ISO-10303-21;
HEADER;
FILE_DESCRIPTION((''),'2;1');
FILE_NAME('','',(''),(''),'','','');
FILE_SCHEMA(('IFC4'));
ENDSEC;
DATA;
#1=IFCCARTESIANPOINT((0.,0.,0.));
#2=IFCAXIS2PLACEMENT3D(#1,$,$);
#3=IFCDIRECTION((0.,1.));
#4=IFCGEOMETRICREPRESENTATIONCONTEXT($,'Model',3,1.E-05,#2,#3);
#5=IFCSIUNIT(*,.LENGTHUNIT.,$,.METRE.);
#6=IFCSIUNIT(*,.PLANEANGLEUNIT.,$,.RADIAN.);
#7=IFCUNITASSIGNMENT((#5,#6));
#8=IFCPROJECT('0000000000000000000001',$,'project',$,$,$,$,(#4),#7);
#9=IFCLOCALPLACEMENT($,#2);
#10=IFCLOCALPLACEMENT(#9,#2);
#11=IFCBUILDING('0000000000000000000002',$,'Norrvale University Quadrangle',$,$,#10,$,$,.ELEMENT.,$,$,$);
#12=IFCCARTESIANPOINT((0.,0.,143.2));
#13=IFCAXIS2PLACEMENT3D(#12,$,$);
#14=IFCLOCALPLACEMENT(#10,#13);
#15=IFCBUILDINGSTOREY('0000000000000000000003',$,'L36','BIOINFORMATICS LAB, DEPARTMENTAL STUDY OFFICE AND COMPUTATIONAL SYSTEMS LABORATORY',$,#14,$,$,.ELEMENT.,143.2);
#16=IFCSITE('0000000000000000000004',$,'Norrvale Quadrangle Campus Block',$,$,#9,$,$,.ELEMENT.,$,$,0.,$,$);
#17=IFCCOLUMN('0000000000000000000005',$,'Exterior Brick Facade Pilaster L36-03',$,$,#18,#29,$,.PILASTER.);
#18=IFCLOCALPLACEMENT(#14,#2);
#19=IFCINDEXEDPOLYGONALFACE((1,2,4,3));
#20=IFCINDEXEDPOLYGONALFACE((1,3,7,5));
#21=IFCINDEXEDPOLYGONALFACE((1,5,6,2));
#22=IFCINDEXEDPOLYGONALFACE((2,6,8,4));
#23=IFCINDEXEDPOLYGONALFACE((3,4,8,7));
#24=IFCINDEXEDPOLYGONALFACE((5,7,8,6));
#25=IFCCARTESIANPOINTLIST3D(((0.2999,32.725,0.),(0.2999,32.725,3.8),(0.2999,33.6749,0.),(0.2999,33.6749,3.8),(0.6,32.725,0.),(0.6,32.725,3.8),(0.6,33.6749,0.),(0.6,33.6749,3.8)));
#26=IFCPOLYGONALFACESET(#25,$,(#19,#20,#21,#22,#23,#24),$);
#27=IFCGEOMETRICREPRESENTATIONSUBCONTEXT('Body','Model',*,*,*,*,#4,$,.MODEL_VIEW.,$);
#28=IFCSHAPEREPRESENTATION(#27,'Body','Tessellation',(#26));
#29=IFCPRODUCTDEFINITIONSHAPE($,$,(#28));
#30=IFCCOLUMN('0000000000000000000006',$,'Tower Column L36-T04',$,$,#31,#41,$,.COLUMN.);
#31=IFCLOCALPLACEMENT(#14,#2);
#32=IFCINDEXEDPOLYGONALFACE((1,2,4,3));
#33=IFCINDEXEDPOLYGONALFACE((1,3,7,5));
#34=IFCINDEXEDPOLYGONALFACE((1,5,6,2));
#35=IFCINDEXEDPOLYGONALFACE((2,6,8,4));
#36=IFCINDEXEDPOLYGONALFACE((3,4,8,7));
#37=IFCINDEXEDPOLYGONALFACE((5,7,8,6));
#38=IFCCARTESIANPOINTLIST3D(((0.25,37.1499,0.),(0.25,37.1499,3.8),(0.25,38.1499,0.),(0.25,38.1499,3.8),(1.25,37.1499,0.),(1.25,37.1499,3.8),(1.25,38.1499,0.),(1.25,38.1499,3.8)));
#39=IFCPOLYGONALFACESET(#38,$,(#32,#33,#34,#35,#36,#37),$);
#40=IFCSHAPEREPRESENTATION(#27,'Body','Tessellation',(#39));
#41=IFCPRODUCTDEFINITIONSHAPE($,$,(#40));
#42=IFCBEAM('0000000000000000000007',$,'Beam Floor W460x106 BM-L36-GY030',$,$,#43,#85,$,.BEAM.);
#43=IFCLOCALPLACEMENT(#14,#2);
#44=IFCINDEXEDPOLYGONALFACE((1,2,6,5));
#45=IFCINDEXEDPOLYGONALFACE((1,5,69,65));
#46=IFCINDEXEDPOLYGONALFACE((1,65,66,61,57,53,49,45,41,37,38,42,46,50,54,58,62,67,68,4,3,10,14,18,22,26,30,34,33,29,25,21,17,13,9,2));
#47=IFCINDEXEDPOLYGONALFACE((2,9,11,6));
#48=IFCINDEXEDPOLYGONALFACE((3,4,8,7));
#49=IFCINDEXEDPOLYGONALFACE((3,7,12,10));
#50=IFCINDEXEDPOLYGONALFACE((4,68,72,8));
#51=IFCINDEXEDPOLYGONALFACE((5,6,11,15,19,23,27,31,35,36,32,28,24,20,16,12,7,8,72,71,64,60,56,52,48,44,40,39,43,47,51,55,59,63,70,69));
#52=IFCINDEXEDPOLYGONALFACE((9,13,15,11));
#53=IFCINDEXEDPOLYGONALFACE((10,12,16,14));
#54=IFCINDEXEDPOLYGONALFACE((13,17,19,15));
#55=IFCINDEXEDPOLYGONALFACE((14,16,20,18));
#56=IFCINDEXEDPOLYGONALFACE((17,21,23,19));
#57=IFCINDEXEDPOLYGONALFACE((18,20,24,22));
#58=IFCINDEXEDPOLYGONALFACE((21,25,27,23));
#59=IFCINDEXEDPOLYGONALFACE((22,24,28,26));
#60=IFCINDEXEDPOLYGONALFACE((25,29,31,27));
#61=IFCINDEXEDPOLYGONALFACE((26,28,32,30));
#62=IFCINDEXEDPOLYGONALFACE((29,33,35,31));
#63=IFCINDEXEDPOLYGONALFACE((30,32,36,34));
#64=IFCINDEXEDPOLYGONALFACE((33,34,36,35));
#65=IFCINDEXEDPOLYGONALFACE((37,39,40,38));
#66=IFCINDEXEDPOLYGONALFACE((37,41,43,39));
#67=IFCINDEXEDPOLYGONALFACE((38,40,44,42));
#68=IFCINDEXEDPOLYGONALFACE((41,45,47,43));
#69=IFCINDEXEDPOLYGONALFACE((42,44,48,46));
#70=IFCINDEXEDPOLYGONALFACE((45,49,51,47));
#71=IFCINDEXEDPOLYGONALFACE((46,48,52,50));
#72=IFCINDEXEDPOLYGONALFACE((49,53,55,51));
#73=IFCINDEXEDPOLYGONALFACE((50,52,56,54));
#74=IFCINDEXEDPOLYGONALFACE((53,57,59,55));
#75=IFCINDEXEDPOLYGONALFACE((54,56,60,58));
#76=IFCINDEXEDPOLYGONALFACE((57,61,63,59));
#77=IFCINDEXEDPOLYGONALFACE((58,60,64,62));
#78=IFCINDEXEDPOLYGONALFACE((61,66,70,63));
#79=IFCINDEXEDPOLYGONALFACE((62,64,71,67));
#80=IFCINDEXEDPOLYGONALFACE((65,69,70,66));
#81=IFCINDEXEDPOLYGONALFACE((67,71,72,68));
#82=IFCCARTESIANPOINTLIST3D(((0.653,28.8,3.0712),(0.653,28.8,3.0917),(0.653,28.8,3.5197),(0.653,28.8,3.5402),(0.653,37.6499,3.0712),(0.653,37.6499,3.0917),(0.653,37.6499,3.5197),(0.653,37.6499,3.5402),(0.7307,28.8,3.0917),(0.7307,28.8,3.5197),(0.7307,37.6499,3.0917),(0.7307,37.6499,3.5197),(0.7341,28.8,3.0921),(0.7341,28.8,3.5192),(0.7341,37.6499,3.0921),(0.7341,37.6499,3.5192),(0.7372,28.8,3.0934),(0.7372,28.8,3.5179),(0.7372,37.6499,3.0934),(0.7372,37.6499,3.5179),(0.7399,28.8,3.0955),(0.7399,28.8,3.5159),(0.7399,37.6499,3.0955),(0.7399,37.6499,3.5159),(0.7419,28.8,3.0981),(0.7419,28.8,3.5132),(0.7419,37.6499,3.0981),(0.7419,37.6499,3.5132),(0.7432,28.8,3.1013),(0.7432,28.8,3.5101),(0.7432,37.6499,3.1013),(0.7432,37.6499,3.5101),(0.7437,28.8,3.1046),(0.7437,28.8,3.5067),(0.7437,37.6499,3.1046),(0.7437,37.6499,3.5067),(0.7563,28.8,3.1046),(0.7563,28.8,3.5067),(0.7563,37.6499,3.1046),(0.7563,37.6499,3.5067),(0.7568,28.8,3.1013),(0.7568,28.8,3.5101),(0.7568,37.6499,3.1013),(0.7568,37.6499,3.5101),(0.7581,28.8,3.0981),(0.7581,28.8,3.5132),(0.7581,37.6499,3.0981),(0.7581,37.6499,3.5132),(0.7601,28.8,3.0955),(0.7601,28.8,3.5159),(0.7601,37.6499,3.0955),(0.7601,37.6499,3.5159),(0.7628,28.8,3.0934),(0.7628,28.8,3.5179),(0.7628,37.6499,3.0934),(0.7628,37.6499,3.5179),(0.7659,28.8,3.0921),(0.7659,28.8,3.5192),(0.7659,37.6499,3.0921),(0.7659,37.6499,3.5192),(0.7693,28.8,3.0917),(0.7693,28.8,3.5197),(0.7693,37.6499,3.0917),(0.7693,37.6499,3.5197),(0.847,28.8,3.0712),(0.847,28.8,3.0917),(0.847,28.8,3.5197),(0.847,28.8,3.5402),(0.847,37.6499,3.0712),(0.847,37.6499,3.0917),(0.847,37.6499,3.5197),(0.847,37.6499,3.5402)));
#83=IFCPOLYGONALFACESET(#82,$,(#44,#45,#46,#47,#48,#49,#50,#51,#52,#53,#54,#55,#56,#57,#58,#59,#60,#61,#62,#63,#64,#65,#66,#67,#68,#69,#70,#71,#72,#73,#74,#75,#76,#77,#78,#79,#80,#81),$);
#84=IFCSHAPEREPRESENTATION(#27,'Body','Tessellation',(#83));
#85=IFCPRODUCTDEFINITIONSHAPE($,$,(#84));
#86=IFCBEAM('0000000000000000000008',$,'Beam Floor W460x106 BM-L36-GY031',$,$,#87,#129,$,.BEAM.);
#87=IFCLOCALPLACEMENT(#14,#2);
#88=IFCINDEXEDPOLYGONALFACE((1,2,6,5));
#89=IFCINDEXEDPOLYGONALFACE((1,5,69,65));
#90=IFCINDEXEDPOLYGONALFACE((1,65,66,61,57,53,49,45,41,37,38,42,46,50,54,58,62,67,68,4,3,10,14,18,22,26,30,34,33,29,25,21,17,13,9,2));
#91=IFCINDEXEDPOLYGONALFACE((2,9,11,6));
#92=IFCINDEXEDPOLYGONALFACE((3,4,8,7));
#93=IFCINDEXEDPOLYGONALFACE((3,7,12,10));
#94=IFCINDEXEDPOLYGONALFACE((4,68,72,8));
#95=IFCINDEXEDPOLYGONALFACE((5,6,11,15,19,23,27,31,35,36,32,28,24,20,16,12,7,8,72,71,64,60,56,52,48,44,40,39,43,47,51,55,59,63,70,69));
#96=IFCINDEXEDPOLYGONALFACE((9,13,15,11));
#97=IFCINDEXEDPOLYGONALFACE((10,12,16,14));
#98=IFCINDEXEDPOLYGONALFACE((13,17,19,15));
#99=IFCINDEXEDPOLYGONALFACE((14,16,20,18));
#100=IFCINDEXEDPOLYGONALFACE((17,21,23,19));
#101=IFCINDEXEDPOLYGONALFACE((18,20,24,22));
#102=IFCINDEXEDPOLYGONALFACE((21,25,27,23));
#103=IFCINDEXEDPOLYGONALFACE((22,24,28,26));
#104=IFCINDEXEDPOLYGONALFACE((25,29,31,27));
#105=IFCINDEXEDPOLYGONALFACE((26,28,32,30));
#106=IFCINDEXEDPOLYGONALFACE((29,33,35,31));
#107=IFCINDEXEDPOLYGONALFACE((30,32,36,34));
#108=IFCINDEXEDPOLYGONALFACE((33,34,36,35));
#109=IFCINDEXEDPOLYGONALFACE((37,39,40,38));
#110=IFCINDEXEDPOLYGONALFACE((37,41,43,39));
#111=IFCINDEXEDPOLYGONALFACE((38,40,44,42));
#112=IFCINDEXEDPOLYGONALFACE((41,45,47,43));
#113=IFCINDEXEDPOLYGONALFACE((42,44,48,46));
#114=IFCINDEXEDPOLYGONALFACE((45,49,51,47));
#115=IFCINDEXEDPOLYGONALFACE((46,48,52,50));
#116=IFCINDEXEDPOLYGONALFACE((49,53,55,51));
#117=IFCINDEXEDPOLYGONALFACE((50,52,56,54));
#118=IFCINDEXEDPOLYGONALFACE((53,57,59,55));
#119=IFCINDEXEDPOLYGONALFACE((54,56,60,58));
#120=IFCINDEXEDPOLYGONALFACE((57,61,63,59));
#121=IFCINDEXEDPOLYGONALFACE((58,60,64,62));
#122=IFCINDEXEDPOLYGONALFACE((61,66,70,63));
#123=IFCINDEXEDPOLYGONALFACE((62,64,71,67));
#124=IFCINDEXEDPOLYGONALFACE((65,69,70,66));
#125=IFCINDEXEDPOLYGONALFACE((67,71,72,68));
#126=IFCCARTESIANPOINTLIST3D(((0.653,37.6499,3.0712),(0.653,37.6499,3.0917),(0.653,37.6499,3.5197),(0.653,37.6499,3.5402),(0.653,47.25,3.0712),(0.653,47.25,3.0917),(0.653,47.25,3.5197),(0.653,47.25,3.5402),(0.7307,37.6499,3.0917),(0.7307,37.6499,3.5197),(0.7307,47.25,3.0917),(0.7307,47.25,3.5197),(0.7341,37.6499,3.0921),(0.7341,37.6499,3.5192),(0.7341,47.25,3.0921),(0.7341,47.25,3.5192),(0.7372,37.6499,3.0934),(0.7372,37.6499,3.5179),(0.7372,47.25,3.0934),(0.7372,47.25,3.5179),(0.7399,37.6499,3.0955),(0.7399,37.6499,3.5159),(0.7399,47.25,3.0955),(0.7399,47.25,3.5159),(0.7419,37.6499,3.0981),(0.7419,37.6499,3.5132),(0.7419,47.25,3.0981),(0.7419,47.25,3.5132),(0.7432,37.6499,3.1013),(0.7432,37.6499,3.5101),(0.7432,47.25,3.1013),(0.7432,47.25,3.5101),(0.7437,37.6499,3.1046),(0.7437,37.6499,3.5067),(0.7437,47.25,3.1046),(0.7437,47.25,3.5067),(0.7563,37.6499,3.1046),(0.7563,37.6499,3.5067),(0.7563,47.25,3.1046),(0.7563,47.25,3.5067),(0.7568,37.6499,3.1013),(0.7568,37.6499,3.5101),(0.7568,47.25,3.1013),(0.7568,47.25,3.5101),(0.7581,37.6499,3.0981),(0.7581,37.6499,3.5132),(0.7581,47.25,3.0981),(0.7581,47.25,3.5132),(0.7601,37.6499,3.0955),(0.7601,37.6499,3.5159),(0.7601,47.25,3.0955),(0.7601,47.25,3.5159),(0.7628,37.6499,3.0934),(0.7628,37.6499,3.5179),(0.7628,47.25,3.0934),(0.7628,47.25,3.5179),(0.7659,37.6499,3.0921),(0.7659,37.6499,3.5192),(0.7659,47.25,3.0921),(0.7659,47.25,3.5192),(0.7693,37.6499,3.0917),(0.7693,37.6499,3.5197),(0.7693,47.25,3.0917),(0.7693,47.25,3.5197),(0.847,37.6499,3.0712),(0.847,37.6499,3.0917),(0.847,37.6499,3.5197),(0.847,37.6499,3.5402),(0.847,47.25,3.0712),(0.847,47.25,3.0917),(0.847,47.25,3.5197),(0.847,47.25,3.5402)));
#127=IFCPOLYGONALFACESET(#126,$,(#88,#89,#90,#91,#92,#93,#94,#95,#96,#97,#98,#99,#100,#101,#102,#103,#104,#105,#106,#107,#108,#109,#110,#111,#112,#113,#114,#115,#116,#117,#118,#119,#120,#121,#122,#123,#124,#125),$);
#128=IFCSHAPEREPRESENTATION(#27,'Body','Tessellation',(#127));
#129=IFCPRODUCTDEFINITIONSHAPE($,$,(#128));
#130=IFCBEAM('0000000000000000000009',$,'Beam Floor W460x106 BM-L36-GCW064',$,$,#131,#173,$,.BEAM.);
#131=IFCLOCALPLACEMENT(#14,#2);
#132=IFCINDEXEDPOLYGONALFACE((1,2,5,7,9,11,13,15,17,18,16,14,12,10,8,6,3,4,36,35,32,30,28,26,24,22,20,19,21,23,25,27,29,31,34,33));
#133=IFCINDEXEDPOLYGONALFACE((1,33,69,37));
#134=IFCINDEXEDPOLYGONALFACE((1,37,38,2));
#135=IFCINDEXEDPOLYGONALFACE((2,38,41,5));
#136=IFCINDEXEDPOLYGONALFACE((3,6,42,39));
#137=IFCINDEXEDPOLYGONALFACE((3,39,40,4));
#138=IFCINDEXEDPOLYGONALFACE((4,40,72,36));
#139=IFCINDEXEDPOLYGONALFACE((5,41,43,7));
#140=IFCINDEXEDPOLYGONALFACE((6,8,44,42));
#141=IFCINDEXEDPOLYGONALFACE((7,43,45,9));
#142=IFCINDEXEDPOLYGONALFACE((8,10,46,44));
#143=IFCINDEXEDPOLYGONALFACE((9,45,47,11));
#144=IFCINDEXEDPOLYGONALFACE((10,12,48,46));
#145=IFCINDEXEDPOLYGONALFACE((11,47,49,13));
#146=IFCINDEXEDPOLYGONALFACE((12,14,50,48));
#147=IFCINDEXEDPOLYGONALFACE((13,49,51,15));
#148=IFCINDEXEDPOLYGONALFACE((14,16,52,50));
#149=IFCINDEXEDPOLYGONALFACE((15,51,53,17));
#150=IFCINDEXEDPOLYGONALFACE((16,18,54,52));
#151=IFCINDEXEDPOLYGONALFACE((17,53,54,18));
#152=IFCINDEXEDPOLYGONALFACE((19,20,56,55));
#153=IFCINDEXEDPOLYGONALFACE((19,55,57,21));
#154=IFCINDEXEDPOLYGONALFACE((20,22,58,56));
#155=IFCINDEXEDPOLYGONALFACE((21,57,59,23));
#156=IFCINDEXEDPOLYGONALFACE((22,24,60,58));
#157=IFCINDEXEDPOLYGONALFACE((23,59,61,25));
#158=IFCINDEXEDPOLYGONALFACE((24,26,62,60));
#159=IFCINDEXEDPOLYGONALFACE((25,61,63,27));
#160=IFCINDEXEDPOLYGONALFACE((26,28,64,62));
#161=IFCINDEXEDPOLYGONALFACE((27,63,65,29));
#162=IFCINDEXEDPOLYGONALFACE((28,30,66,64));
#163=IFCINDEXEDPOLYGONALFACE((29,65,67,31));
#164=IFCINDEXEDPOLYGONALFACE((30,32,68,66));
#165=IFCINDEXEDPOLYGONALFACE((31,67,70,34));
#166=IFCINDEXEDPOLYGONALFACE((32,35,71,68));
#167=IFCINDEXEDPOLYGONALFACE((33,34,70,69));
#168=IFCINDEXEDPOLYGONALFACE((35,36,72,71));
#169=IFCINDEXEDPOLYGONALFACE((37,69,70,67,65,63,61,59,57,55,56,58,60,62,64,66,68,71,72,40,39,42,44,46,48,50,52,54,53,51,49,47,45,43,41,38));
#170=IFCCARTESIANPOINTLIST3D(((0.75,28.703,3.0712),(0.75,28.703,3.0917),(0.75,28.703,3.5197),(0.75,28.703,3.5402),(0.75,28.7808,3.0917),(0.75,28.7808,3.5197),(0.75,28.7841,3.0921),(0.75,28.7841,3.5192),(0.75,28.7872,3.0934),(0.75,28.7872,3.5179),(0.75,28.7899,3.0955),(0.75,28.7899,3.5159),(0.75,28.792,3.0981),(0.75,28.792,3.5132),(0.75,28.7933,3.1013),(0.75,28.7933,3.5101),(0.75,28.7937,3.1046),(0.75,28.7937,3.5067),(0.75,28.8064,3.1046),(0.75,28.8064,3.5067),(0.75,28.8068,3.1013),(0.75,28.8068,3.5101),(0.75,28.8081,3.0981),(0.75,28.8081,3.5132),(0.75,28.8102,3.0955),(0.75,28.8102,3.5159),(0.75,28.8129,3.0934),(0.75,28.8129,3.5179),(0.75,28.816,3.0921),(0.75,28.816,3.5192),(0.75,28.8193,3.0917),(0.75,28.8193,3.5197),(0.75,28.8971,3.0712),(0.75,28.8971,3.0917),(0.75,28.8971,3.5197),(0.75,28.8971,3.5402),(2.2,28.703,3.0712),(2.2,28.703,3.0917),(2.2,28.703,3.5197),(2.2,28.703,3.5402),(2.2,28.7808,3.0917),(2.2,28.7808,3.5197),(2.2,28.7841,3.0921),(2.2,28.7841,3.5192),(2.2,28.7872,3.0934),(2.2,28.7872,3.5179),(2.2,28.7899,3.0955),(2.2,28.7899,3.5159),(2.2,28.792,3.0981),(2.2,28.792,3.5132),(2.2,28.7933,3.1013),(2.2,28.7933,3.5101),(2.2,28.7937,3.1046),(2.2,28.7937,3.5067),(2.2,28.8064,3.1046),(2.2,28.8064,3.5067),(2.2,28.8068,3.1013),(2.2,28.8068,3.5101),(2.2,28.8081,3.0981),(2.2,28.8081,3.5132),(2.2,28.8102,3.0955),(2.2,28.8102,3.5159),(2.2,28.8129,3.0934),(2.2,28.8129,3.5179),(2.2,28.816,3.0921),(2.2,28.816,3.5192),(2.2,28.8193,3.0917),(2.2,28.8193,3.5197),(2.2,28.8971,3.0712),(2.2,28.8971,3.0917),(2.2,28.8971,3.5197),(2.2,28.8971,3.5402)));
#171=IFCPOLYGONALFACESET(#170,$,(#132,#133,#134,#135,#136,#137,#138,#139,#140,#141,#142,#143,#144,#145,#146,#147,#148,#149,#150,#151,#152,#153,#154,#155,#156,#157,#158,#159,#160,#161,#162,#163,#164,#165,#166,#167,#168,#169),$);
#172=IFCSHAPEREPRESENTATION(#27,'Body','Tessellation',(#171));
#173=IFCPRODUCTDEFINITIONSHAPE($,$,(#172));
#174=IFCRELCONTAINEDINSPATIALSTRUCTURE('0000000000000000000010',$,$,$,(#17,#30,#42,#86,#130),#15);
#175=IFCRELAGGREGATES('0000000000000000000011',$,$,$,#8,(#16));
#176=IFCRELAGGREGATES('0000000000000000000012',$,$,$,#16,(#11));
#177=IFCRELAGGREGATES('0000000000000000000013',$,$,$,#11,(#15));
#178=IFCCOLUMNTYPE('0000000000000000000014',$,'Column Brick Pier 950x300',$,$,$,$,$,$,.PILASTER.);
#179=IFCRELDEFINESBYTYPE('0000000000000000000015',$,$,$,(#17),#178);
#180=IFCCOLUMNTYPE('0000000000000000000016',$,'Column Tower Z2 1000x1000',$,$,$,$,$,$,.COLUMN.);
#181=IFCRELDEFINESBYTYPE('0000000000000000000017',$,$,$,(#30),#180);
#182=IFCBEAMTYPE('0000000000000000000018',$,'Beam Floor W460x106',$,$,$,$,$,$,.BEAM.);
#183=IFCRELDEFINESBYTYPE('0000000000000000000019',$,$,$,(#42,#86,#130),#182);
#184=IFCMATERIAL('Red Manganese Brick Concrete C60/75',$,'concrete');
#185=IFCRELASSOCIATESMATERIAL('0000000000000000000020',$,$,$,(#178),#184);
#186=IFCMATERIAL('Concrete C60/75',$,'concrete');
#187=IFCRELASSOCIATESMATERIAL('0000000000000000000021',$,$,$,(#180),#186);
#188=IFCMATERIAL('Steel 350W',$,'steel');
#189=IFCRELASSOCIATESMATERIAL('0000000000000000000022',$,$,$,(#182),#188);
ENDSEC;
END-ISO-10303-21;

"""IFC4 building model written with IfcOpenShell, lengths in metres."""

from ifc_helpers import new_model, si_unit, direction, frame, origin, origin_2d, place, context, subcontext, project, spatial, rectangle, i_section, extrude, material, material_profile, profile_set, type_object, element, save


model = new_model("IFC4")

# Units and contexts
model_context = context("Model", 3, precision=1e-05, world=origin(), true_north=direction((0.0, 1.0)))
body_context = subcontext(model_context, "Body", "Model", "MODEL_VIEW")
ifc_project = project(units=[si_unit("LENGTHUNIT", "METRE"), si_unit("PLANEANGLEUNIT", "RADIAN")], contexts=[model_context])

# Site, building, storey
site_placement = place(None, origin())
site = spatial("IfcSite", under=ifc_project, at=site_placement, Name="Norrvale Quadrangle Campus Block", CompositionType="ELEMENT", RefElevation=0.0)
building_placement = place(site_placement, origin())
building = spatial("IfcBuilding", under=site, at=building_placement, Name="Norrvale University Quadrangle", CompositionType="ELEMENT")
storey_placement = place(building_placement, frame((0.0, 0.0, 143.2)))
storey = spatial("IfcBuildingStorey", under=building, at=storey_placement, Name="L36", Description="BIOINFORMATICS LAB, DEPARTMENTAL STUDY OFFICE AND COMPUTATIONAL SYSTEMS LABORATORY", CompositionType="ELEMENT", Elevation=143.2)

# Columns
ifc_material_1 = material(Name="Red Manganese Brick Concrete C60/75", Category="concrete")
ifc_material_profile_1 = material_profile(ifc_material_1, rectangle(XDim=0.95, YDim=0.3, at=origin_2d()), Name="Red Manganese Brick Concrete C60/75")
ifc_profile_set_1 = profile_set([ifc_material_profile_1], Name="Red Manganese Brick Concrete C60/75")
column_type_1 = type_object("IfcColumnType", Name="Column Brick Pier 950x300", PredefinedType="PILASTER", material=ifc_profile_set_1)
column_1_placement = place(storey_placement, frame((0.45, 33.2, 0.0), z_axis=(0.0, 0.0, 1.0), x_axis=(0.0, 1.0, 0.0)))
element("IfcColumn", 1, at=column_1_placement, inside=storey, type_object=column_type_1, Name="Exterior Brick Facade Pilaster L36-03", PredefinedType="PILASTER", context=body_context, shape_type="SweptSolid", body=[
    extrude(rectangle(XDim=0.95, YDim=0.3, at=origin_2d()), origin(), (0.0, 0.0, 1.0), 3.8),
])
ifc_material_2 = material(Name="Concrete C60/75", Category="concrete")
ifc_material_profile_2 = material_profile(ifc_material_2, rectangle(XDim=1.0, YDim=1.0, at=origin_2d()), Name="Concrete C60/75")
ifc_profile_set_2 = profile_set([ifc_material_profile_2], Name="Concrete C60/75")
column_type_2 = type_object("IfcColumnType", Name="Column Tower Z2 1000x1000", PredefinedType="COLUMN", material=ifc_profile_set_2)
column_2_placement = place(storey_placement, frame((0.75, 37.6499, 0.0), z_axis=(0.0, 0.0, 1.0), x_axis=(1.0, 0.0, 0.0)))
element("IfcColumn", 2, at=column_2_placement, inside=storey, type_object=column_type_2, Name="Tower Column L36-T04", PredefinedType="COLUMN", context=body_context, shape_type="SweptSolid", body=[
    extrude(rectangle(XDim=1.0, YDim=1.0, at=origin_2d()), origin(), (0.0, 0.0, 1.0), 3.8),
])

# Beams
ifc_material_3 = material(Name="Steel 350W", Category="steel")
ifc_material_profile_3 = material_profile(ifc_material_3, i_section(OverallWidth=0.1941, OverallDepth=0.469, WebThickness=0.0127, FlangeThickness=0.0205, FilletRadius=0.0129, at=origin_2d()), Name="Steel 350W")
ifc_profile_set_3 = profile_set([ifc_material_profile_3], Name="Steel 350W")
beam_type = type_object("IfcBeamType", Name="Beam Floor W460x106", PredefinedType="BEAM", material=ifc_profile_set_3)
beam_1_placement = place(storey_placement, frame((0.75, 28.8, 3.3057), z_axis=(0.0, 1.0, 0.0), x_axis=(-1.0, 0.0, 0.0)))
element("IfcBeam", 3, at=beam_1_placement, inside=storey, type_object=beam_type, Name="Beam Floor W460x106 BM-L36-GY030", PredefinedType="BEAM", context=body_context, shape_type="SweptSolid", body=[
    extrude(i_section(OverallWidth=0.1941, OverallDepth=0.469, WebThickness=0.0127, FlangeThickness=0.0205, FilletRadius=0.0129, at=origin_2d()), origin(), (0.0, 0.0, 1.0), 8.8499),
])
beam_2_placement = place(storey_placement, frame((0.75, 37.6499, 3.3057), z_axis=(0.0, 1.0, 0.0), x_axis=(-1.0, 0.0, 0.0)))
element("IfcBeam", 4, at=beam_2_placement, inside=storey, type_object=beam_type, Name="Beam Floor W460x106 BM-L36-GY031", PredefinedType="BEAM", context=body_context, shape_type="SweptSolid", body=[
    extrude(i_section(OverallWidth=0.1941, OverallDepth=0.469, WebThickness=0.0127, FlangeThickness=0.0205, FilletRadius=0.0129, at=origin_2d()), origin(), (0.0, 0.0, 1.0), 9.6001),
])
for number, where, z_axis, x_axis, name in (
    (5, (0.75, 28.8, 3.3057), (1.0, 0.0, 0.0), (0.0, 1.0, 0.0), "Beam Floor W460x106 BM-L36-GCW064"),
):
    element("IfcBeam", number, at=place(storey_placement, frame(where, z_axis=z_axis, x_axis=x_axis)), inside=storey, type_object=beam_type, Name=name, PredefinedType="BEAM", context=body_context, shape_type="SweptSolid", body=[
        extrude(i_section(OverallWidth=0.1941, OverallDepth=0.469, WebThickness=0.0127, FlangeThickness=0.0205, FilletRadius=0.0129, at=origin_2d()), origin(), (0.0, 0.0, 1.0), 1.45),
    ])

save(model, "model.ifc")
